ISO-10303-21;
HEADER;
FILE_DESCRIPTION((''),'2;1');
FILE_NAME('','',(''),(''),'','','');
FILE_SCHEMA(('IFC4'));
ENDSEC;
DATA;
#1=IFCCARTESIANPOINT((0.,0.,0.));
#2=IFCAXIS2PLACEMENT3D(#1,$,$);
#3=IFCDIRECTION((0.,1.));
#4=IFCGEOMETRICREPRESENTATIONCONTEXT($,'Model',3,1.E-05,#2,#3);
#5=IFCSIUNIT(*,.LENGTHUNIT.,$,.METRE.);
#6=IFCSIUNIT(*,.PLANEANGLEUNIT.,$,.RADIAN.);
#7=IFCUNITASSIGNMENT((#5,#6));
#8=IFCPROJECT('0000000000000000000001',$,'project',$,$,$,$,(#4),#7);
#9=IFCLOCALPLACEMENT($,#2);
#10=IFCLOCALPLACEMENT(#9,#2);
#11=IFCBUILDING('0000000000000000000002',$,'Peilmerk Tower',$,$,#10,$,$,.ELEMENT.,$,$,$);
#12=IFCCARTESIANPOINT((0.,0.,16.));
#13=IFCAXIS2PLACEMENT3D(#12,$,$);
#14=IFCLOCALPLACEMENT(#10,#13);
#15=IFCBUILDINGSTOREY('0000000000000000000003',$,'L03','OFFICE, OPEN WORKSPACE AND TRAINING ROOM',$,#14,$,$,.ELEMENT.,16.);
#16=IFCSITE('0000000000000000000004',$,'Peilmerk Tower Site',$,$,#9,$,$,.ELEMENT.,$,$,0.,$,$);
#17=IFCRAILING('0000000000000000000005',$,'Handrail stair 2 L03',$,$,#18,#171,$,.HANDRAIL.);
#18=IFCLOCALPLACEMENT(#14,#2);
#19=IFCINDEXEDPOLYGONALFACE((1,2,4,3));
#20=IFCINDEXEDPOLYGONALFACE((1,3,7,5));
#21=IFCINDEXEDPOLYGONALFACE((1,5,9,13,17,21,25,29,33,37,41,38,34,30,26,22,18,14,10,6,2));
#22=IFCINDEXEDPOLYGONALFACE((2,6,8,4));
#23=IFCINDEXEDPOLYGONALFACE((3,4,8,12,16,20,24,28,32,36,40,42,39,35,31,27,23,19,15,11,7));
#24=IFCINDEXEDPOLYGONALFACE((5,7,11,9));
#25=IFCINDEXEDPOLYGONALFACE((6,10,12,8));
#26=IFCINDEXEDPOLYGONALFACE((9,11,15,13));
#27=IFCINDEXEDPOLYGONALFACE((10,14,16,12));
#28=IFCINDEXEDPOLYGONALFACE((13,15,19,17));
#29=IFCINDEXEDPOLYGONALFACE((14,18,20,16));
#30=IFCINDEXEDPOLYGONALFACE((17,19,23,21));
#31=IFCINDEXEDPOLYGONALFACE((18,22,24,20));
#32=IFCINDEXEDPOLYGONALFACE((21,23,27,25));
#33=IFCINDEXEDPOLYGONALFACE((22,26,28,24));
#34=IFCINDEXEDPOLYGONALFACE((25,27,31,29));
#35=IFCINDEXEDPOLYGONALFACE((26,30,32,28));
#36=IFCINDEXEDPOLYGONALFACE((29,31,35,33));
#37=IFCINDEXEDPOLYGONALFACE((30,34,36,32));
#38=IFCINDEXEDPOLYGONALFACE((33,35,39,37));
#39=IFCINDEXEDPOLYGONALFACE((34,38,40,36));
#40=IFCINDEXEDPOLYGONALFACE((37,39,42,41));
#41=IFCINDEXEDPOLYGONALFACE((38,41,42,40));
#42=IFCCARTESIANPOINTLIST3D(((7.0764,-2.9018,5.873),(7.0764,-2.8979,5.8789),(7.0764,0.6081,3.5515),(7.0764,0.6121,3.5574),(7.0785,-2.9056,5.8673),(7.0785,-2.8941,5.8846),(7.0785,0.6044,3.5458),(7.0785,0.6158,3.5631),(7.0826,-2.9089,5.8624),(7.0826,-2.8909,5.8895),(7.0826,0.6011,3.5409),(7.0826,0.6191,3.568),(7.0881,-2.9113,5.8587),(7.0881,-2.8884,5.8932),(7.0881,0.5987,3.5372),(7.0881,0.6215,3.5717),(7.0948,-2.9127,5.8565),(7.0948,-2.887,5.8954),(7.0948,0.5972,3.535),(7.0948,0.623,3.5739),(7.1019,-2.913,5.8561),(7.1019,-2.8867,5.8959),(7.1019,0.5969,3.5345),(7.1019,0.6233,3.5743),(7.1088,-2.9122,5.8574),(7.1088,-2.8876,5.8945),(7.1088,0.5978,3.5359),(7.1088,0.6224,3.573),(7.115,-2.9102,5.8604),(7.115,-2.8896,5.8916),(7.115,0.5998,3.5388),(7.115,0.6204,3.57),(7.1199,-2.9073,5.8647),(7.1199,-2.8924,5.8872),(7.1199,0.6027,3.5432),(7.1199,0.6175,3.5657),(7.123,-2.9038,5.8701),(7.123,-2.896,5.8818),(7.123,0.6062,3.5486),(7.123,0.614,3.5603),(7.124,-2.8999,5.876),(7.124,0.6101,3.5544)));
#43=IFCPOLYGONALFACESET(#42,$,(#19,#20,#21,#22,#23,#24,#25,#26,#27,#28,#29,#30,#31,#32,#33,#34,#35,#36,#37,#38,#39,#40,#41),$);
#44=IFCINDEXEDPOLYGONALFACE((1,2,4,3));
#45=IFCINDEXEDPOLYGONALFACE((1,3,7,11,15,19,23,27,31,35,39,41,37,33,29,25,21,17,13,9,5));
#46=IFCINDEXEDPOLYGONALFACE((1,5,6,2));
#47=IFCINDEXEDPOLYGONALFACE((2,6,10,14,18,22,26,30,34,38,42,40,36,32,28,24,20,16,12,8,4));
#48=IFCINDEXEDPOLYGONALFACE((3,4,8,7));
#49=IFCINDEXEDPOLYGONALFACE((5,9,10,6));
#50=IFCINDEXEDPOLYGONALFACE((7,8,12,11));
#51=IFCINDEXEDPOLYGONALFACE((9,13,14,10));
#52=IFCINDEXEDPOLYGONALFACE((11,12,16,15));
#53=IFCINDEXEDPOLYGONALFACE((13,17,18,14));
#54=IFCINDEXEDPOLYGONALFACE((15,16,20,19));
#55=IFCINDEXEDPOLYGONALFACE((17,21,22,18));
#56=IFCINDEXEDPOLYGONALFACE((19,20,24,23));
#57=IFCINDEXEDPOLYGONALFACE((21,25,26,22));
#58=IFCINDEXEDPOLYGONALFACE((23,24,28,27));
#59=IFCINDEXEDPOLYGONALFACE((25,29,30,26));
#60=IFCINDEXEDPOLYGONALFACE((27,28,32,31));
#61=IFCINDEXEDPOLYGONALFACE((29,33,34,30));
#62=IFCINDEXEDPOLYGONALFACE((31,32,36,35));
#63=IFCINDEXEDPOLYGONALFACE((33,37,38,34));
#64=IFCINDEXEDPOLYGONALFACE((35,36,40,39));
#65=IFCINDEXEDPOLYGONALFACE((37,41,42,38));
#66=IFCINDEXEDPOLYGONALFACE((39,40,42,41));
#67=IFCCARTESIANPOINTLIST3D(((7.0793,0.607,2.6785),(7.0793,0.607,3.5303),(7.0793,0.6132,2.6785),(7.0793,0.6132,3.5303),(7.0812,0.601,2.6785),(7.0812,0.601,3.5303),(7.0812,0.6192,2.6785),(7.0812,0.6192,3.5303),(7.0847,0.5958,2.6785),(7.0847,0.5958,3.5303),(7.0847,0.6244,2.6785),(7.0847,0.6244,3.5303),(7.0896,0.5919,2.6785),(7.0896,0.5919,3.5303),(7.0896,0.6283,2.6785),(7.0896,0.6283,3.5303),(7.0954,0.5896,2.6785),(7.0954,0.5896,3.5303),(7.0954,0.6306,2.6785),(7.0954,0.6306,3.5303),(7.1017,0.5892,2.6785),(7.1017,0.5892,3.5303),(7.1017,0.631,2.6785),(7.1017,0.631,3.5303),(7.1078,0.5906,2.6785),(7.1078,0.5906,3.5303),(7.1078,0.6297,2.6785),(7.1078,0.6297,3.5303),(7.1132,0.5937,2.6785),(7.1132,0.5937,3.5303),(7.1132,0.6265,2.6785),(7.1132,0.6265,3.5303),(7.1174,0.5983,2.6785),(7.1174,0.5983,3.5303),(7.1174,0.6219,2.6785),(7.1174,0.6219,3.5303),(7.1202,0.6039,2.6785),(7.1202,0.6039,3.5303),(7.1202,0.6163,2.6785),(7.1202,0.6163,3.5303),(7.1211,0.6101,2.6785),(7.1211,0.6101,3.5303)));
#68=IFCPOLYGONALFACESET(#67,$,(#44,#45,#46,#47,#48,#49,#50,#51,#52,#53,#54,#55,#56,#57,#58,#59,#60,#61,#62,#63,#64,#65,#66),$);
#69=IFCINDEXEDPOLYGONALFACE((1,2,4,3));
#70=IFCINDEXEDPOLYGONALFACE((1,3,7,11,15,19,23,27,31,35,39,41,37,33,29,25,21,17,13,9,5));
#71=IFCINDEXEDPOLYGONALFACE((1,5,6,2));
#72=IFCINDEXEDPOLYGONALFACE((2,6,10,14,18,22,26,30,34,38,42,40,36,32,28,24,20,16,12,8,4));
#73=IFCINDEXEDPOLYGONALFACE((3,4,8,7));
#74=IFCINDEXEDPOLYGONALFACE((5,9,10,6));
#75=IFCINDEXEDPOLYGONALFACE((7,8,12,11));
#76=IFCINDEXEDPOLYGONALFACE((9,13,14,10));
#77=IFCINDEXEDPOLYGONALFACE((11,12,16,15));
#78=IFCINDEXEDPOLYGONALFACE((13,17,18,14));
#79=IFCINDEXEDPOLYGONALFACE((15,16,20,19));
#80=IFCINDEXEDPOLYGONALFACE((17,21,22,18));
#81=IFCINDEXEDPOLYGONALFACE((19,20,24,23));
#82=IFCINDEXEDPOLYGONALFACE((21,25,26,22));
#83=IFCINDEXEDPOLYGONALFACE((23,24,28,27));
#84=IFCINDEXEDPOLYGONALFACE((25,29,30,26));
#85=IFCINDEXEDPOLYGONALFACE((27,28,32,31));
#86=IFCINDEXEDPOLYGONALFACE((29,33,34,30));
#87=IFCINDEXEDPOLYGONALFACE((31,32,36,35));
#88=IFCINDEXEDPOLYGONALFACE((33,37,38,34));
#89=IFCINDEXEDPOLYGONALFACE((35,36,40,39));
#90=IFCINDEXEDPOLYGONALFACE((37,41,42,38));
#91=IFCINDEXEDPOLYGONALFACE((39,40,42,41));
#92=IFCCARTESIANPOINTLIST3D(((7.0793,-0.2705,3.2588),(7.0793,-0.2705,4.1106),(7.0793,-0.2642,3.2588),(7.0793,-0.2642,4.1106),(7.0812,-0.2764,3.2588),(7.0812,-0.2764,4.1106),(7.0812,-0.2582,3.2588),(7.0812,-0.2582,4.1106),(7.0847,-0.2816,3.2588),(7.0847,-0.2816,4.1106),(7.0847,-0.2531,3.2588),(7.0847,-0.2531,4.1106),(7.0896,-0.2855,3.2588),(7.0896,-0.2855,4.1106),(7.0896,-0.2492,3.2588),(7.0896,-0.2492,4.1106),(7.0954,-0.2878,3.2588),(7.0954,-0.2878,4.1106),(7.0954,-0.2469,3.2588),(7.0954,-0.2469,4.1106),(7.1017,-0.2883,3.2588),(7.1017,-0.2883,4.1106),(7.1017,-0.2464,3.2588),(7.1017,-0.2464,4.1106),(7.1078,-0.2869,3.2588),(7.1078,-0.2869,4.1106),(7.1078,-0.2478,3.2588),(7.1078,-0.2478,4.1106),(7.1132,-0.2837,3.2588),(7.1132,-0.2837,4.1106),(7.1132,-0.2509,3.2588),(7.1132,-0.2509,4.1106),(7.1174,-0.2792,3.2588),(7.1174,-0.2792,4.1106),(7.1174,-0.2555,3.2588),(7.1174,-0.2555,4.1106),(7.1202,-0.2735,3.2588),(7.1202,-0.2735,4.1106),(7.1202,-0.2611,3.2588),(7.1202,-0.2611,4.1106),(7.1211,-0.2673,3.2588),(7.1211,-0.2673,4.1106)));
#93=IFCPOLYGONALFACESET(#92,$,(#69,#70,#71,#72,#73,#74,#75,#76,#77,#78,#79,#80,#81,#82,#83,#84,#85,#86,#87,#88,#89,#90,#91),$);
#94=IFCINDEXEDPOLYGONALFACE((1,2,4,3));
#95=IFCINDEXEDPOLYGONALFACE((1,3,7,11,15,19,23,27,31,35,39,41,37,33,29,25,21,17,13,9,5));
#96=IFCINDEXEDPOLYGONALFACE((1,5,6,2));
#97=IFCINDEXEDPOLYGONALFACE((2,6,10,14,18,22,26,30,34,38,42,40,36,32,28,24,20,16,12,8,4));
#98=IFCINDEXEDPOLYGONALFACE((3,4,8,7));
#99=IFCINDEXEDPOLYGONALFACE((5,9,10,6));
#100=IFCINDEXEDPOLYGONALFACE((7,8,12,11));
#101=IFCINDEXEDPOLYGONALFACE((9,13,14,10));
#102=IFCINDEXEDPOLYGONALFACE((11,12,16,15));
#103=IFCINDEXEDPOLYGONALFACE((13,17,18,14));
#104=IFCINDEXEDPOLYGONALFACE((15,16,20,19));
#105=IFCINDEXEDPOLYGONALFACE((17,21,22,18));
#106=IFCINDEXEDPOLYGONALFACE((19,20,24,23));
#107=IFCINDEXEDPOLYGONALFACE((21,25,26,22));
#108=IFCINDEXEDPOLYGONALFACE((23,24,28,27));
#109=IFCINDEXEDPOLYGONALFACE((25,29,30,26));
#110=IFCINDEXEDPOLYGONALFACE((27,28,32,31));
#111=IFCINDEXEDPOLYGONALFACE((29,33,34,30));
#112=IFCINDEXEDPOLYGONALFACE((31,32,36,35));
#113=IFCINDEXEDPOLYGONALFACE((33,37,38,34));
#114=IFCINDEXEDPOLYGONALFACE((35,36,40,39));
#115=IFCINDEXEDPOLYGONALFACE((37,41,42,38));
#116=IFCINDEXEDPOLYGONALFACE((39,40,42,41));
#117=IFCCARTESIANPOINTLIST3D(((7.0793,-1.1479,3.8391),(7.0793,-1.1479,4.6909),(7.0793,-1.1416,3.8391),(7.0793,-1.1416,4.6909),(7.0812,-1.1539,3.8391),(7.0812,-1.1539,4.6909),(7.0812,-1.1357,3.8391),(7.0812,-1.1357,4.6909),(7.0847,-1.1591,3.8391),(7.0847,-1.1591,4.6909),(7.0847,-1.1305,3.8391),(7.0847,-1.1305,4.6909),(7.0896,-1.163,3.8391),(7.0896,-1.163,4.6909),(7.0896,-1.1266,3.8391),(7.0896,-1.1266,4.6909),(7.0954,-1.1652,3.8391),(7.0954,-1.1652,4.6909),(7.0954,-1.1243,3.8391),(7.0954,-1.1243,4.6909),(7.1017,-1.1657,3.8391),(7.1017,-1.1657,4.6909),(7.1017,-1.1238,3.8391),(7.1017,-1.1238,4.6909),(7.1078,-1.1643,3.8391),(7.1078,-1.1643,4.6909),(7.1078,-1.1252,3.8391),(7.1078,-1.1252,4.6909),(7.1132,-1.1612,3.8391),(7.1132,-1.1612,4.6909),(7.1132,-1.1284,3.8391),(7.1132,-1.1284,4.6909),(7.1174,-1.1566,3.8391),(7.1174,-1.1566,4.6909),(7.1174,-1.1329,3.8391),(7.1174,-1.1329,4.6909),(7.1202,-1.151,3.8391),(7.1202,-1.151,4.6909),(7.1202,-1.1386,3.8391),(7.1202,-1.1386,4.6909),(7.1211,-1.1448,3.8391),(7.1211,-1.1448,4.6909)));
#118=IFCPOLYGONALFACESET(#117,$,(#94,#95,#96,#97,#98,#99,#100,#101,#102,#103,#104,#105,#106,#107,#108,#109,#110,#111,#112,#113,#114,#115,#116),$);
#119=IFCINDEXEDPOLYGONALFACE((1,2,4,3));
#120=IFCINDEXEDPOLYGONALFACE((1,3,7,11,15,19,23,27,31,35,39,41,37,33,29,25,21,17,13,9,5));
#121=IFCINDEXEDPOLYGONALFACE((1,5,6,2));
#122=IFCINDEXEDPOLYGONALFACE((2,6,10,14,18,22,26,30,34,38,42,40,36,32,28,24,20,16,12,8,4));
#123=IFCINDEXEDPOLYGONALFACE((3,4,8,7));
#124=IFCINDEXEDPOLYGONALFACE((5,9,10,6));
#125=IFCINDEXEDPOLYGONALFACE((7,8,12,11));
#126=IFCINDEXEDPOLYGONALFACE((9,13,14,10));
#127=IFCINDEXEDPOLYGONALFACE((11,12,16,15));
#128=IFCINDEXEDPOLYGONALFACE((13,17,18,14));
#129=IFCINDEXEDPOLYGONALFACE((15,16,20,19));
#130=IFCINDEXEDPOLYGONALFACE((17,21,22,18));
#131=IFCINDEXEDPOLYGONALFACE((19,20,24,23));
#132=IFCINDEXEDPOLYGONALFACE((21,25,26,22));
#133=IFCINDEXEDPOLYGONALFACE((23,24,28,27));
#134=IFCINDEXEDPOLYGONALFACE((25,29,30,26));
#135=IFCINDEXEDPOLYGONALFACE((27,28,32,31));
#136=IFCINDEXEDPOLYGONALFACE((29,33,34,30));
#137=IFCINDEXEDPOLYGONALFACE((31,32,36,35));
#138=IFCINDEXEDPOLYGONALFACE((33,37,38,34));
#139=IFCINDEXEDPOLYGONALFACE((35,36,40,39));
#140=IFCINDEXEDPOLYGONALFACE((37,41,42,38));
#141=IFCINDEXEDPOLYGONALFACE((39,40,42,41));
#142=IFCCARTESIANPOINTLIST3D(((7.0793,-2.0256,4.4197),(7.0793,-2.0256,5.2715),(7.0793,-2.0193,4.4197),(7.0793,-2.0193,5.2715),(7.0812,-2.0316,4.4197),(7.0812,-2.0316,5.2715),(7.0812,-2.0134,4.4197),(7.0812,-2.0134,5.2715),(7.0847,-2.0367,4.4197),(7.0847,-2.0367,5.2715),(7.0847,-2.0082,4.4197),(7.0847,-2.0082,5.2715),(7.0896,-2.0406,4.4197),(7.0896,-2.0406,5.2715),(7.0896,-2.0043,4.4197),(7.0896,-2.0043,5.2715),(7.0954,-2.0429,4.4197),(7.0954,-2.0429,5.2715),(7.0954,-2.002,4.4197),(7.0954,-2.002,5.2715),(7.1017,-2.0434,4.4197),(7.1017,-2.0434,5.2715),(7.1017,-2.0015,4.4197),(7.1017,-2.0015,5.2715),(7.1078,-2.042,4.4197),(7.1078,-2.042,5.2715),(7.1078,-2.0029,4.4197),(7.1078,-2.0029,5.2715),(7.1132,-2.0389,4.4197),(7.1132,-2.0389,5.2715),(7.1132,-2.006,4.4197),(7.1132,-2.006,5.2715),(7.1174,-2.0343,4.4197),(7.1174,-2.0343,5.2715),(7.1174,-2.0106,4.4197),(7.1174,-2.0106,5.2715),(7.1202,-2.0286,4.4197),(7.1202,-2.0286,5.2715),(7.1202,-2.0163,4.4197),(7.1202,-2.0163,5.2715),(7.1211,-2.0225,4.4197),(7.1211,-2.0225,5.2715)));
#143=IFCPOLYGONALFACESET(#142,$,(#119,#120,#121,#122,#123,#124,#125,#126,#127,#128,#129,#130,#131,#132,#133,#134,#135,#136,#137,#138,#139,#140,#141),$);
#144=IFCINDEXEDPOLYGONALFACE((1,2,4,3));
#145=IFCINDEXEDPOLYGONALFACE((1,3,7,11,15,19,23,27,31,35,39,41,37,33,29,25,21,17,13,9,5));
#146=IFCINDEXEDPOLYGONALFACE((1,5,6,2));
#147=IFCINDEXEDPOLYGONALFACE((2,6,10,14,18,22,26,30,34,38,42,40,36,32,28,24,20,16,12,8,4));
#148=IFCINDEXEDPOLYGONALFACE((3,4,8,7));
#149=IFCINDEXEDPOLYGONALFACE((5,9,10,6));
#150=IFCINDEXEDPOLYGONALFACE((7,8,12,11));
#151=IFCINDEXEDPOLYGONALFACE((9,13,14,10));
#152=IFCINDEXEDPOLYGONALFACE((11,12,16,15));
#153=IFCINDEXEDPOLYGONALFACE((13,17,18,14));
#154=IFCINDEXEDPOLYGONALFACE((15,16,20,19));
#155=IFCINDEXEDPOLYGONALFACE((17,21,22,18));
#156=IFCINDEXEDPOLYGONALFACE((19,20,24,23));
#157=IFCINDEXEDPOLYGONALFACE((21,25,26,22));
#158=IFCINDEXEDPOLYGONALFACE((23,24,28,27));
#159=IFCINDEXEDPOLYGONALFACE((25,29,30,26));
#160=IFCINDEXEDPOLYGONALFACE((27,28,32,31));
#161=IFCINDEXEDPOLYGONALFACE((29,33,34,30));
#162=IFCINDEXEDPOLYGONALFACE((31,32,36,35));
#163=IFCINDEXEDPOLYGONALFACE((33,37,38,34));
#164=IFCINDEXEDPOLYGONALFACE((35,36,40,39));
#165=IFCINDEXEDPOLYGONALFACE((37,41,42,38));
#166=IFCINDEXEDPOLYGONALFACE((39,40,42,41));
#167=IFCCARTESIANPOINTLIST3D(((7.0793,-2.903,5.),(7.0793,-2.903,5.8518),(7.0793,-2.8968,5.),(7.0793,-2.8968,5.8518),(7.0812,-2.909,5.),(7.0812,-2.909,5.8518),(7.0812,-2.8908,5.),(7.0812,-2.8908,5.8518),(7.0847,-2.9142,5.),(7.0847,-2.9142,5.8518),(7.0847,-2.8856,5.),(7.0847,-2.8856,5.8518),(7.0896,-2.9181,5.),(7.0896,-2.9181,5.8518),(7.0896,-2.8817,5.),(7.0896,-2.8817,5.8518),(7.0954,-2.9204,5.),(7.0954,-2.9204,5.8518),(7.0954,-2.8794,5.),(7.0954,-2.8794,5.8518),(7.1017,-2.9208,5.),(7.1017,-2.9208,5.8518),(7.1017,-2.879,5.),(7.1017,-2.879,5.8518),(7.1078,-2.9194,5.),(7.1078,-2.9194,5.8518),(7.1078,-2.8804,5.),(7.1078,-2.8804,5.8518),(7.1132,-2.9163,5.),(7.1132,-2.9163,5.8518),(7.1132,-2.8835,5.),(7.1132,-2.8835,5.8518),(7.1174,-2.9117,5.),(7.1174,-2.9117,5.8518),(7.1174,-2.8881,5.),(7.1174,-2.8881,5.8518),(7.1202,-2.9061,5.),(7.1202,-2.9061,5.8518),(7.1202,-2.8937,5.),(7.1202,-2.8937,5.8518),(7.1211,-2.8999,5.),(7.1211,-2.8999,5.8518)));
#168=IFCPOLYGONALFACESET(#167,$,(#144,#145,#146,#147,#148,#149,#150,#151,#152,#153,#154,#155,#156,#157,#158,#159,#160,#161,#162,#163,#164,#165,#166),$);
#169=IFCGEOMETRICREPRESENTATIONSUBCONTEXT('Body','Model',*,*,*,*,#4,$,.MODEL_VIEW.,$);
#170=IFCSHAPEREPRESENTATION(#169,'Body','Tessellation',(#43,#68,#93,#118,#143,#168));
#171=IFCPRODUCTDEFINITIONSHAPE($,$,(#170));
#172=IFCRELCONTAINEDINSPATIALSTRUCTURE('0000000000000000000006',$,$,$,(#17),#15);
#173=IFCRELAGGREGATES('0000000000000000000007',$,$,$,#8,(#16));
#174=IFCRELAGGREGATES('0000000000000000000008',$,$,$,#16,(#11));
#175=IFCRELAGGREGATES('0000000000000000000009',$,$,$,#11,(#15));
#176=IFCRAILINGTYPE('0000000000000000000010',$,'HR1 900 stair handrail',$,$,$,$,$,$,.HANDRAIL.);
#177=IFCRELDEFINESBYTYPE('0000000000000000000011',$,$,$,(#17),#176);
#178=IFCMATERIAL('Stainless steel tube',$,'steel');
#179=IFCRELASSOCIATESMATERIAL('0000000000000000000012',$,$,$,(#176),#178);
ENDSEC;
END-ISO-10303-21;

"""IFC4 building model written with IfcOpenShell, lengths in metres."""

from ifc_helpers import new_model, si_unit, direction, frame, origin, origin_2d, place, context, subcontext, project, spatial, circle, extrude, material, type_object, element, save


model = new_model("IFC4")

# Units and contexts
model_context = context("Model", 3, precision=1e-05, world=origin(), true_north=direction((0.0, 1.0)))
body_context = subcontext(model_context, "Body", "Model", "MODEL_VIEW")
ifc_project = project(units=[si_unit("LENGTHUNIT", "METRE"), si_unit("PLANEANGLEUNIT", "RADIAN")], contexts=[model_context])

# Site, building, storey
site_placement = place(None, origin())
site = spatial("IfcSite", under=ifc_project, at=site_placement, Name="Peilmerk Tower Site", CompositionType="ELEMENT", RefElevation=0.0)
building_placement = place(site_placement, origin())
building = spatial("IfcBuilding", under=site, at=building_placement, Name="Peilmerk Tower", CompositionType="ELEMENT")
storey_placement = place(building_placement, frame((0.0, 0.0, 16.0)))
storey = spatial("IfcBuildingStorey", under=building, at=storey_placement, Name="L03", Description="OFFICE, OPEN WORKSPACE AND TRAINING ROOM", CompositionType="ELEMENT", Elevation=16.0)

# Railing
ifc_material_1 = material(Name="Stainless steel tube", Category="steel")
railing_type_1 = type_object("IfcRailingType", Name="HR1 900 stair handrail", PredefinedType="HANDRAIL", material=ifc_material_1)
railing_1_placement = place(storey_placement, frame((7.1001, 0.6101, 2.6785)))
element("IfcRailing", 1, at=railing_1_placement, inside=storey, type_object=railing_type_1, Name="Handrail stair 2 L03", PredefinedType="HANDRAIL", context=body_context, shape_type="SweptSolid", body=[
    extrude(circle(Radius=0.0239, at=origin_2d()), frame((0.0, 0.0, 0.876), z_axis=(0.0, -0.834071, 0.551657), x_axis=(1.0, 0.0, 0.0)), (0.0, 0.0, 1.0), 4.2083),
    extrude(circle(Radius=0.021, at=origin_2d()), origin(), (0.0, 0.0, 1.0), 0.8518),
    extrude(circle(Radius=0.021, at=origin_2d()), frame((0.0, -0.8774, 0.5803)), (0.0, 0.0, 1.0), 0.8518),
    extrude(circle(Radius=0.021, at=origin_2d()), frame((0.0, -1.7549, 1.1606)), (0.0, 0.0, 1.0), 0.8518),
    extrude(circle(Radius=0.021, at=origin_2d()), frame((0.0, -2.6326, 1.7412)), (0.0, 0.0, 1.0), 0.8518),
    extrude(circle(Radius=0.021, at=origin_2d()), frame((0.0, -3.51, 2.3215)), (0.0, 0.0, 1.0), 0.8518),
])

save(model, "model.ifc")
